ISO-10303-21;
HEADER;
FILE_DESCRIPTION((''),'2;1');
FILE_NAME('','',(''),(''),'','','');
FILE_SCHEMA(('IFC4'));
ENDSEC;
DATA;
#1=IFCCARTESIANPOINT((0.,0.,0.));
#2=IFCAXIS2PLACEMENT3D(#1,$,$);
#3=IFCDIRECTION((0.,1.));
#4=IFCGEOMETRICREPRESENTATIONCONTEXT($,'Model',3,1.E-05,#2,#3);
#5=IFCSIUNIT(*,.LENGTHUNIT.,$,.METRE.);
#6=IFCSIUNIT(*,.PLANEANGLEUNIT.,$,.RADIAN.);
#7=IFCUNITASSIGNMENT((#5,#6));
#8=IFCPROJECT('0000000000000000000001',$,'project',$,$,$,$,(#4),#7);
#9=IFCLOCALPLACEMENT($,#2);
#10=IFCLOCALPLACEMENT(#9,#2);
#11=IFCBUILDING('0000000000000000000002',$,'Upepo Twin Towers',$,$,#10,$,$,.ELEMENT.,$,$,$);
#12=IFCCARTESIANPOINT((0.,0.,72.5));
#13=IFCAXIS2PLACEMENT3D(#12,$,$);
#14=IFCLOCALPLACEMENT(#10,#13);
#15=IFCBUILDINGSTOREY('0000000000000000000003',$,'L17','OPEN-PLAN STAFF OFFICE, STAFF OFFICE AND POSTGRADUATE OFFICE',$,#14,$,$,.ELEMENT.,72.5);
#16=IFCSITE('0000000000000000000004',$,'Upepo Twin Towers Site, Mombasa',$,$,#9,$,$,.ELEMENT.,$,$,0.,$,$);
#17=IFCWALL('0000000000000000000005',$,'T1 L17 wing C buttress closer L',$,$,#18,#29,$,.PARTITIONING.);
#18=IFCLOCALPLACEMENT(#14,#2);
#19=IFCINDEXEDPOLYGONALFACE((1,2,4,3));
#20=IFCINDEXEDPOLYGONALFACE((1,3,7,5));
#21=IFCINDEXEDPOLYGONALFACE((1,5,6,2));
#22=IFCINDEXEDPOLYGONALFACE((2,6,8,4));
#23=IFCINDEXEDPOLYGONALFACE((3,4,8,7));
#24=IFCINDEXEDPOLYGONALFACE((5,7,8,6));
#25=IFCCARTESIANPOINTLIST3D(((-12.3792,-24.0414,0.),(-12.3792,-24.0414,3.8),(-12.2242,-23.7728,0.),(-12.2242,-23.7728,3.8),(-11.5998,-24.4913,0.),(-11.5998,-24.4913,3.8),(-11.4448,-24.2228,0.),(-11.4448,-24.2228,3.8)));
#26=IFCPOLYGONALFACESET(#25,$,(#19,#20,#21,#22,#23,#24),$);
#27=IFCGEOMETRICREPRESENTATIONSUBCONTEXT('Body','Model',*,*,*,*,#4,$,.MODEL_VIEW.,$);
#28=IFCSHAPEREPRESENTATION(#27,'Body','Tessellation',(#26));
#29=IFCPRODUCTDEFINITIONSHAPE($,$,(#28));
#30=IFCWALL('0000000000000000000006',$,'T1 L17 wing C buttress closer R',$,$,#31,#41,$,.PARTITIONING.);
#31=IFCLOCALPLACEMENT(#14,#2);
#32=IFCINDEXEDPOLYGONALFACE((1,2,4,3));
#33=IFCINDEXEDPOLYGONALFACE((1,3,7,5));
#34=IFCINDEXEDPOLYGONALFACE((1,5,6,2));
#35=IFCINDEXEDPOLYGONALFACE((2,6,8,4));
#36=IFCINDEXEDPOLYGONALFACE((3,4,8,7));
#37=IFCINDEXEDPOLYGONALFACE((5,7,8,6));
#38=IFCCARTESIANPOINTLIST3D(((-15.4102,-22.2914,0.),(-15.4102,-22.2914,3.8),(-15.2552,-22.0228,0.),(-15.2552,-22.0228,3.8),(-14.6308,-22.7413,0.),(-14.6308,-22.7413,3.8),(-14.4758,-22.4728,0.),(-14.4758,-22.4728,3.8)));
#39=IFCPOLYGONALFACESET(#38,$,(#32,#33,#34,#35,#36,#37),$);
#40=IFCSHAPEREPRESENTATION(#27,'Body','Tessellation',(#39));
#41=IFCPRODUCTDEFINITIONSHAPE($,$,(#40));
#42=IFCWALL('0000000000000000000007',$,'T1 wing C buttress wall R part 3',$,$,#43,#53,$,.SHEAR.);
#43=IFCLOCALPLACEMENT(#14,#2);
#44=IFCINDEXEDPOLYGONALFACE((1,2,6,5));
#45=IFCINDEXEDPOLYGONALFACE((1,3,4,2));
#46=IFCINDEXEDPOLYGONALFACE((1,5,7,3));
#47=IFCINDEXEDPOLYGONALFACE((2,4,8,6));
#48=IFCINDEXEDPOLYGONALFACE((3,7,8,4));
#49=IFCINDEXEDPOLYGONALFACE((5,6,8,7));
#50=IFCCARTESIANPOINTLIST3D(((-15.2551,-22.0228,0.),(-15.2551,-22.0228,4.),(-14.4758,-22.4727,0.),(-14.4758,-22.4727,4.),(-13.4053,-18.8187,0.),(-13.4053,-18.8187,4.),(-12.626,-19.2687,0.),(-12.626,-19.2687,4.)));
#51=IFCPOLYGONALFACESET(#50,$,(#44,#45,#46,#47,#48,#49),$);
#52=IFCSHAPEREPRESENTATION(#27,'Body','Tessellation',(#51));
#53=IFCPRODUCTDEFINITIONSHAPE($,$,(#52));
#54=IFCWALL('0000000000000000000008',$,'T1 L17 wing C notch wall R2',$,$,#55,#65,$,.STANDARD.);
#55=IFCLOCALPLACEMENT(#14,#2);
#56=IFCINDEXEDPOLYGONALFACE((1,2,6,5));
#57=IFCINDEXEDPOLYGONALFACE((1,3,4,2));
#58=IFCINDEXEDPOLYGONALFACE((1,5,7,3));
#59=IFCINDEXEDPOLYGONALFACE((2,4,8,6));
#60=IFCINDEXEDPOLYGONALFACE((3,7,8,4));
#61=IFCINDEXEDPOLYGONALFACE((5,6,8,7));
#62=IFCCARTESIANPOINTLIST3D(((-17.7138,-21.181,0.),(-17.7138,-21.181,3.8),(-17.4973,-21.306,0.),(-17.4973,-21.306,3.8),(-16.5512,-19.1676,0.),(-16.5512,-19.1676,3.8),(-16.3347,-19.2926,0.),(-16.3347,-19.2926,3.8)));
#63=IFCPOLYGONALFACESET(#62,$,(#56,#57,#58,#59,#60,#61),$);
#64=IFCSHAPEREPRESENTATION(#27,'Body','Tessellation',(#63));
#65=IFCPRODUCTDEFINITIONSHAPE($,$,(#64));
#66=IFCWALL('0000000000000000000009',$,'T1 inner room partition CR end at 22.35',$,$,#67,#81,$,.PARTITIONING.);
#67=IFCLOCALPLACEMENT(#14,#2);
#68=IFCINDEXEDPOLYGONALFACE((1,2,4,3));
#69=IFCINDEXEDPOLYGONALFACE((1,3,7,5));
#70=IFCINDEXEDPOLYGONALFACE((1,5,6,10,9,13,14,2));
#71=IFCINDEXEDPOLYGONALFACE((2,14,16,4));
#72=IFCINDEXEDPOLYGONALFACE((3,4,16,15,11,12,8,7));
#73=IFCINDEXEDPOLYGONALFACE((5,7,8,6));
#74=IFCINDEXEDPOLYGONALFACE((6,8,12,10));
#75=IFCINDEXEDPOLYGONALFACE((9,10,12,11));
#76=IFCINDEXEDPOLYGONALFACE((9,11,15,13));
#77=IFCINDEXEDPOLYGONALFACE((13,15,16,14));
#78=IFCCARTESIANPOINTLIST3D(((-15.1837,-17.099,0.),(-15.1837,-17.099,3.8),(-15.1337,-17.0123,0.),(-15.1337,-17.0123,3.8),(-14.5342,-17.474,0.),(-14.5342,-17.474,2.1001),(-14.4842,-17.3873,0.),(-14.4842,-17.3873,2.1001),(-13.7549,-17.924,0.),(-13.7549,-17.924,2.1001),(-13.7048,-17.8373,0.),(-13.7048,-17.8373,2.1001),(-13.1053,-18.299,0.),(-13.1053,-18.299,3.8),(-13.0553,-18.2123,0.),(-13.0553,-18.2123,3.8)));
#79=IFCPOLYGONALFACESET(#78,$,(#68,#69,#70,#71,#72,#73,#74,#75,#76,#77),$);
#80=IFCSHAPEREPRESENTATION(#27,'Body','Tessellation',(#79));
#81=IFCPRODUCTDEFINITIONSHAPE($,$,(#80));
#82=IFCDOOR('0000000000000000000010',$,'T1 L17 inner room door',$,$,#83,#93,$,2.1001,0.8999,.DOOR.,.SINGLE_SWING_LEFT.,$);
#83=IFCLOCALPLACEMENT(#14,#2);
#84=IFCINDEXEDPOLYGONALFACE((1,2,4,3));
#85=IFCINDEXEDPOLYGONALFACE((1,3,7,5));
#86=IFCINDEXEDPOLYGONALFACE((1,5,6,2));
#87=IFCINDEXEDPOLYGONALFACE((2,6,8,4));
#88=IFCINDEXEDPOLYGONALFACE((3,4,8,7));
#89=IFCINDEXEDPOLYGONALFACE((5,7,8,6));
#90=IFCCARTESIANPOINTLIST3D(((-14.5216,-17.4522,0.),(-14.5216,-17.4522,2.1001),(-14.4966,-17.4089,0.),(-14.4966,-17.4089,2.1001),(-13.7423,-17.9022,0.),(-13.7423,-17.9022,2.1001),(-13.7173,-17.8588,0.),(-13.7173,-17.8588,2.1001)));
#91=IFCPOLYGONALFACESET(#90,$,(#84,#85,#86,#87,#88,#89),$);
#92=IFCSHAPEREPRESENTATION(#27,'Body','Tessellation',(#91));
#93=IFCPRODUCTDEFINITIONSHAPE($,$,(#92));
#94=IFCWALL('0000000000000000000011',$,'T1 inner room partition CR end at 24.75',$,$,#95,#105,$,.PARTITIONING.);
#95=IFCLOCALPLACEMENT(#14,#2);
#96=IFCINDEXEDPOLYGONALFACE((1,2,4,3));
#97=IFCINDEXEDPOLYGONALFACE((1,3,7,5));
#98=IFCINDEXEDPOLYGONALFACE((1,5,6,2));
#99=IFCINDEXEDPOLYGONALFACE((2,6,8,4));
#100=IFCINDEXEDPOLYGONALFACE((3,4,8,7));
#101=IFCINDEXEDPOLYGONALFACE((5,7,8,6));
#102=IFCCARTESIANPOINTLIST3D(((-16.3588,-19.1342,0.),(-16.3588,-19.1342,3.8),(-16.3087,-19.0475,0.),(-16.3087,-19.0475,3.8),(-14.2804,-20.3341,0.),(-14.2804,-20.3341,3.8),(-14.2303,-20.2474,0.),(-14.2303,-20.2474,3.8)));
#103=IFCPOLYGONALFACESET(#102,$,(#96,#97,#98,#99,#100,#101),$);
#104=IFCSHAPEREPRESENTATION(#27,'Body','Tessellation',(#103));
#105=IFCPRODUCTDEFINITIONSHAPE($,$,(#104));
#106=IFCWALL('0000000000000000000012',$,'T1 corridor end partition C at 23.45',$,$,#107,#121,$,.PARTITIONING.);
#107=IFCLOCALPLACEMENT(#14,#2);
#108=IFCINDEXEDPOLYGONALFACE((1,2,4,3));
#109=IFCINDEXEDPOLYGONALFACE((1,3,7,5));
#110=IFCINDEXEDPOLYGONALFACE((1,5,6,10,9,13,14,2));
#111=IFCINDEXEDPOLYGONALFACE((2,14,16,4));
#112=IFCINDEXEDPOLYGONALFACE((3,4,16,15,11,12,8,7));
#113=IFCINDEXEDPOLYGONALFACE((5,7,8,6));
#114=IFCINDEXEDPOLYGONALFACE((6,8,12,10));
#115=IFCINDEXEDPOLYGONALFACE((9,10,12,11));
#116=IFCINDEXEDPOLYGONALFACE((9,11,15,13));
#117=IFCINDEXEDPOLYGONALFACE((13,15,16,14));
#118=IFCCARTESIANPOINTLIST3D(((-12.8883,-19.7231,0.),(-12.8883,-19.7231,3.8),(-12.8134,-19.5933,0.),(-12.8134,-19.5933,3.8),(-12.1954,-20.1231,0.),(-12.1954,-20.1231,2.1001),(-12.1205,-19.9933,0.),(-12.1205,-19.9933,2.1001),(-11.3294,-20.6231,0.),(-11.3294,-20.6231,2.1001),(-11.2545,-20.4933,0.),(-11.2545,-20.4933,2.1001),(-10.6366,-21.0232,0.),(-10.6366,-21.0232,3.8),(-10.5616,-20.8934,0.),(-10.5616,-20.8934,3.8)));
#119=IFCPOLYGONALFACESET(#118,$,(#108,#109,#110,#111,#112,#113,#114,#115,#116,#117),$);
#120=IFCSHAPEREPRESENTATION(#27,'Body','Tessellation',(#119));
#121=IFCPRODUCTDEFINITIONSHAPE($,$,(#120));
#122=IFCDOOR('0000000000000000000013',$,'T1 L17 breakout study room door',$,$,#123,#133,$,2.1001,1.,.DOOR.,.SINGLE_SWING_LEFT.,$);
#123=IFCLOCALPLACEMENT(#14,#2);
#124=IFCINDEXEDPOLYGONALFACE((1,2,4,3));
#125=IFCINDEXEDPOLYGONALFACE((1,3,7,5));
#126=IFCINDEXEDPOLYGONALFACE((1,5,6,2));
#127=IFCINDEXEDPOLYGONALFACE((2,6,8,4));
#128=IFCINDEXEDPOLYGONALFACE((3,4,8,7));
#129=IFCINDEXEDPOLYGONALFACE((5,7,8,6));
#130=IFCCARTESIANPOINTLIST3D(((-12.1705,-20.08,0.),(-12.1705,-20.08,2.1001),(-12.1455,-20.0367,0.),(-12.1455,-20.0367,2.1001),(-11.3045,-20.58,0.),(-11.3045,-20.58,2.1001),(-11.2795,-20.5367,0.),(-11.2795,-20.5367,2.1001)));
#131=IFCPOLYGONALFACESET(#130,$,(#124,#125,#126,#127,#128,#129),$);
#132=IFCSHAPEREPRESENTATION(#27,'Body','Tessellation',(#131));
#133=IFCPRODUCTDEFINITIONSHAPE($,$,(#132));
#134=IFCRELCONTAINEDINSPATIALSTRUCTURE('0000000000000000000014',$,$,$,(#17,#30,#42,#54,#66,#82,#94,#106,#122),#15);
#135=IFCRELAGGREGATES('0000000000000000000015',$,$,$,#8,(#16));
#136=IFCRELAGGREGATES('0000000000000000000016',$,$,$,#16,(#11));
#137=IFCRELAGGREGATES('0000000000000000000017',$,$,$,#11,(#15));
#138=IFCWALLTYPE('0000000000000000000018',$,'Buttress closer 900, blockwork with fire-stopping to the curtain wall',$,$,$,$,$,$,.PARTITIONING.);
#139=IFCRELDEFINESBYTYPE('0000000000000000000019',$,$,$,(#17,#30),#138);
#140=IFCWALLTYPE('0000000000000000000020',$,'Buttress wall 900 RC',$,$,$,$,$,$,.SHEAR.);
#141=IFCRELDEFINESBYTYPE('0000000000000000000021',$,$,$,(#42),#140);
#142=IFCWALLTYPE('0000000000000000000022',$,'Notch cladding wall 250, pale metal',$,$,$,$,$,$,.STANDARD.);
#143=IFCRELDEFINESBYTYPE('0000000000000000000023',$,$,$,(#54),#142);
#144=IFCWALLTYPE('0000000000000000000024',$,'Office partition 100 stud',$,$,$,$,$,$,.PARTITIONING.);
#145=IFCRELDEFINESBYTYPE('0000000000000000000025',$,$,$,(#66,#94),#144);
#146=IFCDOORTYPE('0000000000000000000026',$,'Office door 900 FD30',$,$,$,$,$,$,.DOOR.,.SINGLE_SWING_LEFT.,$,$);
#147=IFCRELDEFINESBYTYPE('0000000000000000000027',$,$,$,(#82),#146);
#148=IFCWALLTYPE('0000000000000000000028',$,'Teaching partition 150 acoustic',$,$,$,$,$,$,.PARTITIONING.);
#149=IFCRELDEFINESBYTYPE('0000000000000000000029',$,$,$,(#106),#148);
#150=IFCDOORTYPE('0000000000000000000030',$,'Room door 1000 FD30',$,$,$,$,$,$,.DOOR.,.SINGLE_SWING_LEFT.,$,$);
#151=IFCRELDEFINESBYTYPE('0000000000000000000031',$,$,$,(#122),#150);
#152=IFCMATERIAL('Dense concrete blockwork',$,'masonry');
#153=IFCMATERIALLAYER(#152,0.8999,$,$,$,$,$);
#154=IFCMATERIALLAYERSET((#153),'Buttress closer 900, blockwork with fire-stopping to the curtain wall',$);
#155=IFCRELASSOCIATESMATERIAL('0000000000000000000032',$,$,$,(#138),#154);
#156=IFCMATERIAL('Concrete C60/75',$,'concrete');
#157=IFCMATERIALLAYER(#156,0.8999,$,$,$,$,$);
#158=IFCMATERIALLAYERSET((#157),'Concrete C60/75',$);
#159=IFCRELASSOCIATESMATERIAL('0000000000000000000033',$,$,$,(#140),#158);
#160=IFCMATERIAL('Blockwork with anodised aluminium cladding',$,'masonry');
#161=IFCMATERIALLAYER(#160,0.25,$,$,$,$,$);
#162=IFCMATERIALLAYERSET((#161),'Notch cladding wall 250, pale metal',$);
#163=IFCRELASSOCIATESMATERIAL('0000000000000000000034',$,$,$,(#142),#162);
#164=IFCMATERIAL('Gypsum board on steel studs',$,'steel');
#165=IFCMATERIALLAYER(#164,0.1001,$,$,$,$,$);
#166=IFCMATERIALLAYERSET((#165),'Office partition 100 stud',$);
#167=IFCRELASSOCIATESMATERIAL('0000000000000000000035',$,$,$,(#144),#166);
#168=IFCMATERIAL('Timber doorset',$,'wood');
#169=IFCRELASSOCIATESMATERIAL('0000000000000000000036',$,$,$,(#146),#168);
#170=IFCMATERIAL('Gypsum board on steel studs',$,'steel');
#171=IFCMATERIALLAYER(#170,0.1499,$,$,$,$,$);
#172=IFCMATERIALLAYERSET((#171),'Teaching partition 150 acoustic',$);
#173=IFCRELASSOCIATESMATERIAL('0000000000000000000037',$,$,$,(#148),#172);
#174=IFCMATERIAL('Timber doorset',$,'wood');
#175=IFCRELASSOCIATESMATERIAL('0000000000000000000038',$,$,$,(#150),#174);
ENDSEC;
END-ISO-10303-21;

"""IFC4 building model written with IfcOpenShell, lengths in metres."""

from ifc_helpers import new_model, si_unit, direction, frame, frame_2d, origin, place, context, subcontext, project, spatial, rectangle, extrude, material, layer, layer_set, type_object, element, fill, save


model = new_model("IFC4")

# Units and contexts
model_context = context("Model", 3, precision=1e-05, world=origin(), true_north=direction((0.0, 1.0)))
body_context = subcontext(model_context, "Body", "Model", "MODEL_VIEW")
ifc_project = project(units=[si_unit("LENGTHUNIT", "METRE"), si_unit("PLANEANGLEUNIT", "RADIAN")], contexts=[model_context])

# Site, building, storey
site_placement = place(None, origin())
site = spatial("IfcSite", under=ifc_project, at=site_placement, Name="Upepo Twin Towers Site, Mombasa", CompositionType="ELEMENT", RefElevation=0.0)
building_placement = place(site_placement, origin())
building = spatial("IfcBuilding", under=site, at=building_placement, Name="Upepo Twin Towers", CompositionType="ELEMENT")
storey_placement = place(building_placement, frame((0.0, 0.0, 72.5)))
storey = spatial("IfcBuildingStorey", under=building, at=storey_placement, Name="L17", Description="OPEN-PLAN STAFF OFFICE, STAFF OFFICE AND POSTGRADUATE OFFICE", CompositionType="ELEMENT", Elevation=72.5)

# Walls
ifc_material_1 = material(Name="Dense concrete blockwork", Category="masonry")
ifc_layer_1 = layer(ifc_material_1, 0.8999)
ifc_layer_set_1 = layer_set([ifc_layer_1], Name="Buttress closer 900, blockwork with fire-stopping to the curtain wall")
wall_type_1 = type_object("IfcWallType", Name="Buttress closer 900, blockwork with fire-stopping to the curtain wall", PredefinedType="PARTITIONING", material=ifc_layer_set_1)
for number, where, z_axis, x_axis, name in (
    (1, (-11.8345, -23.9978, 0.0), (0.0, 0.0, 1.0), (-0.49995, -0.866054, 0.0), "T1 L17 wing C buttress closer L"),
    (2, (-14.8655, -22.2478, 0.0), (0.0, 0.0, 1.0), (-0.49995, -0.866054, 0.0), "T1 L17 wing C buttress closer R"),
):
    element("IfcWall", number, at=place(storey_placement, frame(where, z_axis=z_axis, x_axis=x_axis)), inside=storey, type_object=wall_type_1, Name=name, PredefinedType="PARTITIONING", context=body_context, shape_type="SweptSolid", body=[
        extrude(rectangle(XDim=0.3101, YDim=0.8999, at=frame_2d((0.155, 0.0))), origin(), (0.0, 0.0, 1.0), 3.8),
    ])
ifc_material_2 = material(Name="Concrete C60/75", Category="concrete")
ifc_layer_2 = layer(ifc_material_2, 0.8999)
ifc_layer_set_2 = layer_set([ifc_layer_2], Name="Concrete C60/75")
wall_type_2 = type_object("IfcWallType", Name="Buttress wall 900 RC", PredefinedType="SHEAR", material=ifc_layer_set_2)
wall_1_placement = place(storey_placement, frame((-13.0156, -19.0437, 0.0), z_axis=(0.0, 0.0, 1.0), x_axis=(-0.499993, -0.86603, 0.0)))
element("IfcWall", 3, at=wall_1_placement, inside=storey, type_object=wall_type_2, Name="T1 wing C buttress wall R part 3", PredefinedType="SHEAR", context=body_context, shape_type="SweptSolid", body=[
    extrude(rectangle(XDim=3.6997, YDim=0.8999, at=frame_2d((1.8499, 0.0))), origin(), (0.0, 0.0, 1.0), 4.0),
])
ifc_material_3 = material(Name="Blockwork with anodised aluminium cladding", Category="masonry")
ifc_layer_3 = layer(ifc_material_3, 0.25)
ifc_layer_set_3 = layer_set([ifc_layer_3], Name="Notch cladding wall 250, pale metal")
wall_type_3 = type_object("IfcWallType", Name="Notch cladding wall 250, pale metal", PredefinedType="STANDARD", material=ifc_layer_set_3)
wall_2_placement = place(storey_placement, frame((-16.4429, -19.23, 0.0), z_axis=(0.0, 0.0, 1.0), x_axis=(-0.500047, -0.865998, 0.0)))
element("IfcWall", 4, at=wall_2_placement, inside=storey, type_object=wall_type_3, Name="T1 L17 wing C notch wall R2", PredefinedType="STANDARD", context=body_context, shape_type="SweptSolid", body=[
    extrude(rectangle(XDim=2.325, YDim=0.25, at=frame_2d((1.1626, 0.0))), origin(), (0.0, 0.0, 1.0), 3.8),
])

# Wall, opening, door
ifc_material_4 = material(Name="Gypsum board on steel studs", Category="steel")
ifc_layer_4 = layer(ifc_material_4, 0.1001)
ifc_layer_set_4 = layer_set([ifc_layer_4], Name="Office partition 100 stud")
wall_type_4 = type_object("IfcWallType", Name="Office partition 100 stud", PredefinedType="PARTITIONING", material=ifc_layer_set_4)
wall_3_placement = place(storey_placement, frame((-13.0803, -18.2556, 0.0), z_axis=(0.0, 0.0, 1.0), x_axis=(-0.866025, 0.500001, 0.0)))
wall_3 = element("IfcWall", 5, at=wall_3_placement, inside=storey, type_object=wall_type_4, Name="T1 inner room partition CR end at 22.35", PredefinedType="PARTITIONING", context=body_context, shape_type="SweptSolid", body=[
    extrude(rectangle(XDim=2.3999, YDim=0.1001, at=frame_2d((1.2, 0.0))), origin(), (0.0, 0.0, 1.0), 3.8),
])
opening_1_placement = place(wall_3_placement, frame((0.75, 0.0, 0.0)))
opening_1 = element("IfcOpeningElement", 6, at=opening_1_placement, cuts=wall_3, PredefinedType="OPENING", context=body_context, shape_type="SweptSolid", body=[
    extrude(rectangle(XDim=0.8999, YDim=2.1001, at=frame_2d((0.45, 1.05))), frame((0.0, 0.0601, 0.0), z_axis=(0.0, -1.0, 0.0), x_axis=(1.0, 0.0, 0.0)), (0.0, 0.0, 1.0), 0.1201),
])
ifc_material_5 = material(Name="Timber doorset", Category="wood")
door_type_1 = type_object("IfcDoorType", Name="Office door 900 FD30", OperationType="SINGLE_SWING_LEFT", PredefinedType="DOOR", material=ifc_material_5)
door_1_placement = place(opening_1_placement, origin())
door_1 = element("IfcDoor", 7, at=door_1_placement, inside=storey, type_object=door_type_1, Name="T1 L17 inner room door", OperationType="SINGLE_SWING_LEFT", OverallHeight=2.1001, OverallWidth=0.8999, PredefinedType="DOOR", context=body_context, shape_type="SweptSolid", body=[
    extrude(rectangle(XDim=0.8999, YDim=2.1001, at=frame_2d((0.45, 1.05))), frame((0.0, 0.0249, 0.0), z_axis=(0.0, -1.0, 0.0), x_axis=(1.0, 0.0, 0.0)), (0.0, 0.0, 1.0), 0.05),
])
fill(opening_1, door_1)

# Wall
wall_4_placement = place(storey_placement, frame((-14.2554, -20.2908, 0.0), z_axis=(0.0, 0.0, 1.0), x_axis=(-0.866025, 0.500001, 0.0)))
element("IfcWall", 8, at=wall_4_placement, inside=storey, type_object=wall_type_4, Name="T1 inner room partition CR end at 24.75", PredefinedType="PARTITIONING", context=body_context, shape_type="SweptSolid", body=[
    extrude(rectangle(XDim=2.3999, YDim=0.1001, at=frame_2d((1.2, 0.0))), origin(), (0.0, 0.0, 1.0), 3.8),
])

# Wall, opening, door
ifc_material_6 = material(Name="Gypsum board on steel studs", Category="steel")
ifc_layer_5 = layer(ifc_material_6, 0.1499)
ifc_layer_set_5 = layer_set([ifc_layer_5], Name="Teaching partition 150 acoustic")
wall_type_5 = type_object("IfcWallType", Name="Teaching partition 150 acoustic", PredefinedType="PARTITIONING", material=ifc_layer_set_5)
wall_5_placement = place(storey_placement, frame((-12.8508, -19.6582, 0.0), z_axis=(0.0, 0.0, 1.0), x_axis=(0.866021, -0.500007, 0.0)))
wall_5 = element("IfcWall", 9, at=wall_5_placement, inside=storey, type_object=wall_type_5, Name="T1 corridor end partition C at 23.45", PredefinedType="PARTITIONING", context=body_context, shape_type="SweptSolid", body=[
    extrude(rectangle(XDim=2.6001, YDim=0.1499, at=frame_2d((1.3, 0.0))), origin(), (0.0, 0.0, 1.0), 3.8),
])
opening_2_placement = place(wall_5_placement, frame((0.8, 0.0, 0.0)))
opening_2 = element("IfcOpeningElement", 10, at=opening_2_placement, cuts=wall_5, PredefinedType="OPENING", context=body_context, shape_type="SweptSolid", body=[
    extrude(rectangle(XDim=1.0, YDim=2.1001, at=frame_2d((0.5, 1.05))), frame((0.0, 0.085, 0.0), z_axis=(0.0, -1.0, 0.0), x_axis=(1.0, 0.0, 0.0)), (0.0, 0.0, 1.0), 0.1699),
])
ifc_material_7 = material(Name="Timber doorset", Category="wood")
door_type_2 = type_object("IfcDoorType", Name="Room door 1000 FD30", OperationType="SINGLE_SWING_LEFT", PredefinedType="DOOR", material=ifc_material_7)
door_2_placement = place(opening_2_placement, origin())
door_2 = element("IfcDoor", 11, at=door_2_placement, inside=storey, type_object=door_type_2, Name="T1 L17 breakout study room door", OperationType="SINGLE_SWING_LEFT", OverallHeight=2.1001, OverallWidth=1.0, PredefinedType="DOOR", context=body_context, shape_type="SweptSolid", body=[
    extrude(rectangle(XDim=1.0, YDim=2.1001, at=frame_2d((0.5, 1.05))), frame((0.0, 0.0249, 0.0), z_axis=(0.0, -1.0, 0.0), x_axis=(1.0, 0.0, 0.0)), (0.0, 0.0, 1.0), 0.05),
])
fill(opening_2, door_2)

save(model, "model.ifc")
